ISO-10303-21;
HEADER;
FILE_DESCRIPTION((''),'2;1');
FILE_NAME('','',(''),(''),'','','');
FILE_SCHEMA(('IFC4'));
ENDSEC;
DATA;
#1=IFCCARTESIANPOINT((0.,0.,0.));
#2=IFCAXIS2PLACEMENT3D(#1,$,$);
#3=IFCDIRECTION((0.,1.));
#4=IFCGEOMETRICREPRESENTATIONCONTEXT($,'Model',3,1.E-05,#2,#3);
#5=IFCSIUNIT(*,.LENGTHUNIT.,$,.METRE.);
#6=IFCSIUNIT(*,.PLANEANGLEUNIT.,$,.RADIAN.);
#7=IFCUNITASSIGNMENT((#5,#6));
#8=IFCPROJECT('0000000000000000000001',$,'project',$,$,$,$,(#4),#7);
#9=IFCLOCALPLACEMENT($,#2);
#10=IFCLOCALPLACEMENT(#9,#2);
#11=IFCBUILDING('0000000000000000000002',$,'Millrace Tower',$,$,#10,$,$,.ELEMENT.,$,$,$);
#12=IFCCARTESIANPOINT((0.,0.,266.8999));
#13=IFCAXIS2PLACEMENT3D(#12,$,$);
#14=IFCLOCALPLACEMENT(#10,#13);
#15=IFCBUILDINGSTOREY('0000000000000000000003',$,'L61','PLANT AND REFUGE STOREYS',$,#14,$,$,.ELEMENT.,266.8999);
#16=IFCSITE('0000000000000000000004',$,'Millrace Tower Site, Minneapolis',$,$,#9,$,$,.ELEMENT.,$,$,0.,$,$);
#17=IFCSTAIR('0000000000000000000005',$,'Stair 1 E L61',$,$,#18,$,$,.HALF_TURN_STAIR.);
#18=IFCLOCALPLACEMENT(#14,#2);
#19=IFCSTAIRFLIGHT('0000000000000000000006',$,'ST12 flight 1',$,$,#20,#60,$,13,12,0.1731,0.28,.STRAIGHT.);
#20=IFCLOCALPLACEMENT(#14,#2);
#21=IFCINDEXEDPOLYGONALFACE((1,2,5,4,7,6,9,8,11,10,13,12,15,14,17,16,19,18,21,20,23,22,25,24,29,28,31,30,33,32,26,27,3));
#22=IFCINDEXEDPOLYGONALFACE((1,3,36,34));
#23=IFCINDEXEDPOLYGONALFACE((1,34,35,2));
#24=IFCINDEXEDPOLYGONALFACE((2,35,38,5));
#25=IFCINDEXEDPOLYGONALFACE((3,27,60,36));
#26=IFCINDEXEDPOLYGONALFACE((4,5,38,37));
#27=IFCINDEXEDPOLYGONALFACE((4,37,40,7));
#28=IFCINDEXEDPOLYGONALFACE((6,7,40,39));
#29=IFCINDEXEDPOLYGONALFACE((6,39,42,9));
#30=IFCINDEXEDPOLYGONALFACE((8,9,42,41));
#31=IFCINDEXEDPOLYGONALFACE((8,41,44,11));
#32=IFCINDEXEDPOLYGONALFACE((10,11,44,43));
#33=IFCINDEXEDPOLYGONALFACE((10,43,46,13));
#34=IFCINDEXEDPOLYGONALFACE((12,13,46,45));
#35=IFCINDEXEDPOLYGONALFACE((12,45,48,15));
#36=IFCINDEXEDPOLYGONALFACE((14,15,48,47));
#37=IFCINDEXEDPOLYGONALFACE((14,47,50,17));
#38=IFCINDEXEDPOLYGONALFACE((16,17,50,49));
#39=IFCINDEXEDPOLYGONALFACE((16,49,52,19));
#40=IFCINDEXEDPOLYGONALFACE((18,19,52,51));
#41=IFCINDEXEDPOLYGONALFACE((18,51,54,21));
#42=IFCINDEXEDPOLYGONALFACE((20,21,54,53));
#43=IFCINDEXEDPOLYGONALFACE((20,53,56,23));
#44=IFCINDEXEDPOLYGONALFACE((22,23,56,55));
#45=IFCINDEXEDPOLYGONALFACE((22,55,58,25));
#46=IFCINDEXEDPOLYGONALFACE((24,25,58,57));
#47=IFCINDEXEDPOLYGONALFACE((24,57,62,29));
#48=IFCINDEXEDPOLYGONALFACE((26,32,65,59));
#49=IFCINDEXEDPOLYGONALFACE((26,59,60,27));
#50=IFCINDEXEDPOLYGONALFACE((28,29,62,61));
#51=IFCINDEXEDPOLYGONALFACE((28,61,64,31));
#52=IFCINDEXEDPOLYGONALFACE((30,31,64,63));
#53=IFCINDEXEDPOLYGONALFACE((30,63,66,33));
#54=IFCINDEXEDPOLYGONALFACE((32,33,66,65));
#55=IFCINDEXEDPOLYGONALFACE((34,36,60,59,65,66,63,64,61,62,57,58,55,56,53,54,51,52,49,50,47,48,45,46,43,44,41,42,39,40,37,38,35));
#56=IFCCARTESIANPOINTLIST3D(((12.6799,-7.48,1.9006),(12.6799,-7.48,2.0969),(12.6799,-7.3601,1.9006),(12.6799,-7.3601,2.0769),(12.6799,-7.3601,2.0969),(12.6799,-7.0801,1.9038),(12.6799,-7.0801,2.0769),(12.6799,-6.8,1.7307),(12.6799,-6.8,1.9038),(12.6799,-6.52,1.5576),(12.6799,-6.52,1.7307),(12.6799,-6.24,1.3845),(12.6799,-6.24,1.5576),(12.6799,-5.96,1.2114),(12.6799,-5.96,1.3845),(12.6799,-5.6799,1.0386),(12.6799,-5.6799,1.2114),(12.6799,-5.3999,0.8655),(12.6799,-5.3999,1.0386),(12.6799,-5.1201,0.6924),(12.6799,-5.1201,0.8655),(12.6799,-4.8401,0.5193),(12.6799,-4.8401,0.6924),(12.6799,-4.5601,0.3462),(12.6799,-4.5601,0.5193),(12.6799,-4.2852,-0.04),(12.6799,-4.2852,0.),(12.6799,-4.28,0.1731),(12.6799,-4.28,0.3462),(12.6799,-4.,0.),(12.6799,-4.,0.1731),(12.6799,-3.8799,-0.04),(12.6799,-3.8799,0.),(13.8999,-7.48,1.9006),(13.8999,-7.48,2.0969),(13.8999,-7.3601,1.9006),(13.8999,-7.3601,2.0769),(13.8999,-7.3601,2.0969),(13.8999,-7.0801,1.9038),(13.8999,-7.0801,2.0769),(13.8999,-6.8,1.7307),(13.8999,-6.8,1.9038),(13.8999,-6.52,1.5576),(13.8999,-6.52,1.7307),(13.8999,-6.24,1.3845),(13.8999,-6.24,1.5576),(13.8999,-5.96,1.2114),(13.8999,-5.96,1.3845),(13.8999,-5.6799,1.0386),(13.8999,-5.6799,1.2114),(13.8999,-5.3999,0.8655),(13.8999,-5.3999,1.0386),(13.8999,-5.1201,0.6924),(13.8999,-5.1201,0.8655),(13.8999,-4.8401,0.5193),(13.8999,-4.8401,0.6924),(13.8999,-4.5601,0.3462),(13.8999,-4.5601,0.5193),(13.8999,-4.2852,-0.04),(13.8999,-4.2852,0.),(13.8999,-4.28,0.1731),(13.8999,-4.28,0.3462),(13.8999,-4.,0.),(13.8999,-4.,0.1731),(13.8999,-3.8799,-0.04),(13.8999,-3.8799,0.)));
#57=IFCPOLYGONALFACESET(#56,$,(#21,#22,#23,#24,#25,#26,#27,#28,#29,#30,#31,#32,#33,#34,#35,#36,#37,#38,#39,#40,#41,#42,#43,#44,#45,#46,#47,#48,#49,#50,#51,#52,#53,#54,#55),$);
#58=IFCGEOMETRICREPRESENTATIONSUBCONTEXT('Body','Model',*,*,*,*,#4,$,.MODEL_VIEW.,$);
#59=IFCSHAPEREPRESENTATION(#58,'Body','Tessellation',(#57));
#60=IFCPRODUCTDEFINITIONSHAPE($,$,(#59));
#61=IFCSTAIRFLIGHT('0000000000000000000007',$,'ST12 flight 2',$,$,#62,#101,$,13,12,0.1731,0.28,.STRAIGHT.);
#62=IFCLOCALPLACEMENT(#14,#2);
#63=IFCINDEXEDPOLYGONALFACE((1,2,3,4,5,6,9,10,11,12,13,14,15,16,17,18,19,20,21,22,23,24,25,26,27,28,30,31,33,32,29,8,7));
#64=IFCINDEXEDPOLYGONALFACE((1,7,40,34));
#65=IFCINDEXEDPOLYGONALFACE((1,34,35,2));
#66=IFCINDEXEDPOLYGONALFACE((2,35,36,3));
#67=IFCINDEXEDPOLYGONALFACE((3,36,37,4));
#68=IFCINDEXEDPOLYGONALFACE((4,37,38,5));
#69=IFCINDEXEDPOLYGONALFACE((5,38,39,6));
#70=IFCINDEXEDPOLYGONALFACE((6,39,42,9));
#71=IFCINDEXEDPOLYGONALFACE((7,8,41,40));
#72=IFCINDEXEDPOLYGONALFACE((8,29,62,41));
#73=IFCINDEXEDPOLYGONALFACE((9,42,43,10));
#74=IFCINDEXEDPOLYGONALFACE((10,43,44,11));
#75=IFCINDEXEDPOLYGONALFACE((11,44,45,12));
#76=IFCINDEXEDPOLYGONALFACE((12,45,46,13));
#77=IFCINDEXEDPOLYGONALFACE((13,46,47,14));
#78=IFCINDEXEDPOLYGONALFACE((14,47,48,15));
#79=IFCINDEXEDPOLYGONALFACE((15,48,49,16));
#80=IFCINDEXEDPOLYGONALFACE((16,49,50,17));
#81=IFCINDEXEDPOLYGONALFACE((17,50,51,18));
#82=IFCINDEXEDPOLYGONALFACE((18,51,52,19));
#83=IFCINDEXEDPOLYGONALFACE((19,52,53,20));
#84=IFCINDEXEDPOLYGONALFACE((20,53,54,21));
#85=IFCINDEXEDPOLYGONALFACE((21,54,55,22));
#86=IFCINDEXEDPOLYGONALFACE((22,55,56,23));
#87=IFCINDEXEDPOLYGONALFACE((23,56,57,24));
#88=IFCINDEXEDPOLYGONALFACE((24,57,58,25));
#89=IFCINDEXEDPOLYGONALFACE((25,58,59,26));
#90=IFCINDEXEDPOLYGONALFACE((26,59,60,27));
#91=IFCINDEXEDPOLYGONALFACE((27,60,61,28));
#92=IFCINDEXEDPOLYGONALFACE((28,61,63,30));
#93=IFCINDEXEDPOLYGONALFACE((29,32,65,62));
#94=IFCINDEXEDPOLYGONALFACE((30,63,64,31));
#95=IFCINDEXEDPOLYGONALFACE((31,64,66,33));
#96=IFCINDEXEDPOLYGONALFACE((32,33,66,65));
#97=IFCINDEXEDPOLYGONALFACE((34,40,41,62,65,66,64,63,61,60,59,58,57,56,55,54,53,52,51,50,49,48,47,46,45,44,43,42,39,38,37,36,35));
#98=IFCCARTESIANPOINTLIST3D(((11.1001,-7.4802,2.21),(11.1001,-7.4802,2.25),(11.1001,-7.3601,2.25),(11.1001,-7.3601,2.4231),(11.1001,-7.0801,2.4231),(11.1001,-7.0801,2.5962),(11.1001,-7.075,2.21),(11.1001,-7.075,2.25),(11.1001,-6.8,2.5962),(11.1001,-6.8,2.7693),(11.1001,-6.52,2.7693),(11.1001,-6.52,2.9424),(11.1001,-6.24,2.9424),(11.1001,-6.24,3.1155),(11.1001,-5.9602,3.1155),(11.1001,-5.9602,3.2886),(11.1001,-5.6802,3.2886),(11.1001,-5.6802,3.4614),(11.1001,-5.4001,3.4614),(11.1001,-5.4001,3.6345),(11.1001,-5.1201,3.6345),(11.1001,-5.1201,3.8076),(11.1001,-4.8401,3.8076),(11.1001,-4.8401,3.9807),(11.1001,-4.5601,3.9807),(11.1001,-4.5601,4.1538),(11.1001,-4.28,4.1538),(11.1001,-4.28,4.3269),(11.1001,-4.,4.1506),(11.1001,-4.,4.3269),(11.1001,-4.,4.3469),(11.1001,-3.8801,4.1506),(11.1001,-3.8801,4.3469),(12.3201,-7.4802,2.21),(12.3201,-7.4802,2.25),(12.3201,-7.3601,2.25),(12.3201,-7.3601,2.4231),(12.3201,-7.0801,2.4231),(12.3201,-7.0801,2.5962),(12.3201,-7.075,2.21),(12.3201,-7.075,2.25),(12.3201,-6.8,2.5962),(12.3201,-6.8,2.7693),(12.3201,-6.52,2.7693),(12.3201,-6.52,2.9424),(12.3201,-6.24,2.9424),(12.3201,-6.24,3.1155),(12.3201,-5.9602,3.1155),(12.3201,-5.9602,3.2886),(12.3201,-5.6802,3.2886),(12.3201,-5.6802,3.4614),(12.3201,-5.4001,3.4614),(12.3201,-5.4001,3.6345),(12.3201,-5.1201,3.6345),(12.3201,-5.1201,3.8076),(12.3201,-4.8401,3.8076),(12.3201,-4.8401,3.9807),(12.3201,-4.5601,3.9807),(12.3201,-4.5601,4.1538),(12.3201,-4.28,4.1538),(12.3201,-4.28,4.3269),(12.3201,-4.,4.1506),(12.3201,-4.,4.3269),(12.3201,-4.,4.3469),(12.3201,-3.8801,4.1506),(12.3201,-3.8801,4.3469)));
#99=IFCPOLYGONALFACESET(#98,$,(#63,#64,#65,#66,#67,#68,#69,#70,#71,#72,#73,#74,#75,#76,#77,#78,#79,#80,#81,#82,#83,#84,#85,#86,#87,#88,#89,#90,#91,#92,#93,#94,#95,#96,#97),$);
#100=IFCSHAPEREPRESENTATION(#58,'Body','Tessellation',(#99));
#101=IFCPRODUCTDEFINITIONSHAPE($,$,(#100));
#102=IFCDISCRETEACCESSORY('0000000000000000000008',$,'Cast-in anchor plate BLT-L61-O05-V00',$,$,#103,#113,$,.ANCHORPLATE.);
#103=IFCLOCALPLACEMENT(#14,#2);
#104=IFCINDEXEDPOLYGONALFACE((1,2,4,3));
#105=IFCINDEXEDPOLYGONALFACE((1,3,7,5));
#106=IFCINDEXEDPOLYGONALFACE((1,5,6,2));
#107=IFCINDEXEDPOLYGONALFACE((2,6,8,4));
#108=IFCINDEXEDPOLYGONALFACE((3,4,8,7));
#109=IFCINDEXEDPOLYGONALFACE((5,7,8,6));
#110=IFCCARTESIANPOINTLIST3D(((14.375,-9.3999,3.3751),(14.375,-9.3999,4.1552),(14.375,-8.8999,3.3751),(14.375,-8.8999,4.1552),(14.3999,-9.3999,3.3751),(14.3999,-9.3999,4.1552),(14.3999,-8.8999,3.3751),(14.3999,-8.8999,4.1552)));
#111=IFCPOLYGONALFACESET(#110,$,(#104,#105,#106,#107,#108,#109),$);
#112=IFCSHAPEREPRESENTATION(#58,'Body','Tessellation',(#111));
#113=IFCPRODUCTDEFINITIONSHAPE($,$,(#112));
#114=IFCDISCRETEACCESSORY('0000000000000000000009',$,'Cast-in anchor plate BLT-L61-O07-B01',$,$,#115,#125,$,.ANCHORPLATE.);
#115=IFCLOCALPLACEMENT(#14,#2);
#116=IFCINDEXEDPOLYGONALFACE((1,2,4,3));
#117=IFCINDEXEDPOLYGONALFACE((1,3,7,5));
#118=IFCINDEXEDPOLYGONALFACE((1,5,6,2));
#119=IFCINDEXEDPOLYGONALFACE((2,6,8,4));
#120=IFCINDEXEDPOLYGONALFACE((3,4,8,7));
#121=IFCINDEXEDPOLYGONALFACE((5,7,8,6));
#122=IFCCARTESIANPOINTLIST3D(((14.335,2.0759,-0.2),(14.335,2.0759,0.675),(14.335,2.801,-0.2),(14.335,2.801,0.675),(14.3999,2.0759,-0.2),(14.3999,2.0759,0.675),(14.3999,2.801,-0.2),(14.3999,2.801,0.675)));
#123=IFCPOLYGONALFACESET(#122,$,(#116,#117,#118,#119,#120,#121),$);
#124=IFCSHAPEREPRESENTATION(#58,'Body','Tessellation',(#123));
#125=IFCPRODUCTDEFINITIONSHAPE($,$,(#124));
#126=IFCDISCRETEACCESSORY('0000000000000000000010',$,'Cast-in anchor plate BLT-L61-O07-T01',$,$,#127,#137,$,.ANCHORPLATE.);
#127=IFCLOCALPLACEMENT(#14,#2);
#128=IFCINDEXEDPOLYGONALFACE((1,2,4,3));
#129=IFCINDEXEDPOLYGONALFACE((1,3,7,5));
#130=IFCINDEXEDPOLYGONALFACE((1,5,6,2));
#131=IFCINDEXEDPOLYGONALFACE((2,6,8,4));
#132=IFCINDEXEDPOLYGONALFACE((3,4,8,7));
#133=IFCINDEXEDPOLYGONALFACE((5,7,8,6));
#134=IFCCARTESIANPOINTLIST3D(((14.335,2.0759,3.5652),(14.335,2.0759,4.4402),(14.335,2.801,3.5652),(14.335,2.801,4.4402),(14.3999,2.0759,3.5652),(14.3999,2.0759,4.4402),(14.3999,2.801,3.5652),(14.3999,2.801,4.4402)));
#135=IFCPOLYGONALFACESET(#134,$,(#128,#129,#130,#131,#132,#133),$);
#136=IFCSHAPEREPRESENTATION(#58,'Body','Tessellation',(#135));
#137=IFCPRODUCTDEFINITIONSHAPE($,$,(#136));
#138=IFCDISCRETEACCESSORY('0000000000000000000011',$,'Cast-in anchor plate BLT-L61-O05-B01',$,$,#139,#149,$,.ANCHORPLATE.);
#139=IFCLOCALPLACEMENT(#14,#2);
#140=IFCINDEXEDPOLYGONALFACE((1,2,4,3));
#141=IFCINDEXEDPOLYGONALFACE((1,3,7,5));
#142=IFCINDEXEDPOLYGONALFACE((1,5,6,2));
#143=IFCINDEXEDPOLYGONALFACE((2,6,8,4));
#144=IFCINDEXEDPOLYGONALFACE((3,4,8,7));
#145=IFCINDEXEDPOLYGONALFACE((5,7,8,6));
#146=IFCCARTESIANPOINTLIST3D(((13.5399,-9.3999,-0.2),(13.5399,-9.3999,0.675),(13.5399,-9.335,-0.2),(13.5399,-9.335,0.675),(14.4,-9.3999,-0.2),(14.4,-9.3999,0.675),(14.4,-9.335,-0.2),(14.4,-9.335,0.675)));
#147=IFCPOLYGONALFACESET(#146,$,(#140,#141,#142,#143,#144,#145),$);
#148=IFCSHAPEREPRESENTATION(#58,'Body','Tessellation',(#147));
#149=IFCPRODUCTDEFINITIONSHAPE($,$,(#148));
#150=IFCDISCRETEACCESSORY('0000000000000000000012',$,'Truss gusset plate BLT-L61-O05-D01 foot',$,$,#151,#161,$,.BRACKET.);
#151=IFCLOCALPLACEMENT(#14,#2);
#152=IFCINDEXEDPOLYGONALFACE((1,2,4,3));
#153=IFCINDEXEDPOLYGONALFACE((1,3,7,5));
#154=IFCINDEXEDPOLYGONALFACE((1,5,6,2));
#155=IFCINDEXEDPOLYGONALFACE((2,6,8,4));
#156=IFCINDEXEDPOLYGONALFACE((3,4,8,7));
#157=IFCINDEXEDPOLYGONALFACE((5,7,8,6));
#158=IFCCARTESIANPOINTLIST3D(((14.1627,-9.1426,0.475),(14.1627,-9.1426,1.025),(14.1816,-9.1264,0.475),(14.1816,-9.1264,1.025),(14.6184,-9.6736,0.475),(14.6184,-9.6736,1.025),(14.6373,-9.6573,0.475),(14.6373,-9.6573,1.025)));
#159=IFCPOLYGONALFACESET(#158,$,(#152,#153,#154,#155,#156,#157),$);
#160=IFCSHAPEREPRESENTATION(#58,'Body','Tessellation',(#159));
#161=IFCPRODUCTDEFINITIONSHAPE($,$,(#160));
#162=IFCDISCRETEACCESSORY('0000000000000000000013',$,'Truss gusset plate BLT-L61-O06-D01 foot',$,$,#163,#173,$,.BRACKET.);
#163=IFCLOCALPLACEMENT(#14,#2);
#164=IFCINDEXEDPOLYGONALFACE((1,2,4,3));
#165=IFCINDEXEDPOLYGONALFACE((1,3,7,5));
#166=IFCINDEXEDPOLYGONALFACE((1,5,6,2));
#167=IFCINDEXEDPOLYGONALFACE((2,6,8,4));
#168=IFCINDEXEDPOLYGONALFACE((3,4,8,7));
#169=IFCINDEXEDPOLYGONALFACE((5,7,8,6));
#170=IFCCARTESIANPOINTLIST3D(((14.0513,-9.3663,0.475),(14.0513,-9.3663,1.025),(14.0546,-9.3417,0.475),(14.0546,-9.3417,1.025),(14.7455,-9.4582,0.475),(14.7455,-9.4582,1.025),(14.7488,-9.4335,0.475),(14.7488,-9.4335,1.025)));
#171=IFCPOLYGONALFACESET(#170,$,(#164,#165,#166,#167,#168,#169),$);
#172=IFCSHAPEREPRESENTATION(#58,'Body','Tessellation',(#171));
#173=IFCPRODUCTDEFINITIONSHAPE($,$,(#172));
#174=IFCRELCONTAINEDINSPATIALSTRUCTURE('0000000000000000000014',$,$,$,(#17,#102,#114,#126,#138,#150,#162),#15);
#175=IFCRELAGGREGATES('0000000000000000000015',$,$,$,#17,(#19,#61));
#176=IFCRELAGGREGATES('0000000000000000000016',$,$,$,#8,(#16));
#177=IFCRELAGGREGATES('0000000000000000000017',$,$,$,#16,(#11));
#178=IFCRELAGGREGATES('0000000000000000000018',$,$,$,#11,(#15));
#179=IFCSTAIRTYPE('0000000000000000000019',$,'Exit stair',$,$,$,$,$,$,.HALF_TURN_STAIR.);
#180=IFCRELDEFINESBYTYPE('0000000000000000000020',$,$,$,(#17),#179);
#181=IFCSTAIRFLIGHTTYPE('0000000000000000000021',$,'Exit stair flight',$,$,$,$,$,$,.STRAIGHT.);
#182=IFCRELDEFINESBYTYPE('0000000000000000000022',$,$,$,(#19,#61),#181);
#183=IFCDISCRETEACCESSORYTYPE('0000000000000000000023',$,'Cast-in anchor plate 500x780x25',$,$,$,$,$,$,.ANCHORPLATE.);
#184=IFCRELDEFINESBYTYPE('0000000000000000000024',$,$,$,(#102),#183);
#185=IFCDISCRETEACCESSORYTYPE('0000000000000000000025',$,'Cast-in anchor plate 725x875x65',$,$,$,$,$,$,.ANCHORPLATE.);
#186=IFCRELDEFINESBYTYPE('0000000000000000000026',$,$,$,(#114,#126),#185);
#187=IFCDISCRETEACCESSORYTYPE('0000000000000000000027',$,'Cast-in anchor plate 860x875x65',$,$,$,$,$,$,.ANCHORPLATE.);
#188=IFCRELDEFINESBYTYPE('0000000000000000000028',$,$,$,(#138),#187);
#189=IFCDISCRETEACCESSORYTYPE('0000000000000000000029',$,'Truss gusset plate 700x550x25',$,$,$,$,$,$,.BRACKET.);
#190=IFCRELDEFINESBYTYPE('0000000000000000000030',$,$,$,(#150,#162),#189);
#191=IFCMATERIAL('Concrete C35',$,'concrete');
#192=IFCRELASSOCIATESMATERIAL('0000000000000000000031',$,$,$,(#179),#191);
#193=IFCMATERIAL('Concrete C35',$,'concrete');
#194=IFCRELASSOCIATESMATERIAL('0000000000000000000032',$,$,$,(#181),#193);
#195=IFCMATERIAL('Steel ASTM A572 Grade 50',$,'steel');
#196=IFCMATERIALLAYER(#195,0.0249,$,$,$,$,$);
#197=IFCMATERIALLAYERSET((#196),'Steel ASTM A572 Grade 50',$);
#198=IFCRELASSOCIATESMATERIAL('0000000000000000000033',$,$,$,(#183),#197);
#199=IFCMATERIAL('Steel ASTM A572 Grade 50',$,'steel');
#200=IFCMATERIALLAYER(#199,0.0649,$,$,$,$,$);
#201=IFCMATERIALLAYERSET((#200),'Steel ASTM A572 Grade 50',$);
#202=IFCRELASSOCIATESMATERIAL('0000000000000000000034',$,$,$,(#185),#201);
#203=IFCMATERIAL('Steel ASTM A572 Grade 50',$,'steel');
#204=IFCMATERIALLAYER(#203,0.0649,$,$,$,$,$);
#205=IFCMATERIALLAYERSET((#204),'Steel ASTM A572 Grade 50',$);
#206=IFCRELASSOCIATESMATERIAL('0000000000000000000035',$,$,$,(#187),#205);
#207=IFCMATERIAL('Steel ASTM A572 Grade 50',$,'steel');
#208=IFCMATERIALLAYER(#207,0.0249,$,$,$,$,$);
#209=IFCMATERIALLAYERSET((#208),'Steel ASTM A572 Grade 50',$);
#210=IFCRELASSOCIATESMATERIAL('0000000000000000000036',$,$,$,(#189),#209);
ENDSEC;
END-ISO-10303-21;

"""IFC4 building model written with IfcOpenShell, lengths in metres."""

from ifc_helpers import new_model, si_unit, direction, frame, origin, origin_2d, place, context, subcontext, project, spatial, polyline, rectangle, outline, extrude, material, layer, layer_set, type_object, element, aggregate, save


model = new_model("IFC4")

# Units and contexts
model_context = context("Model", 3, precision=1e-05, world=origin(), true_north=direction((0.0, 1.0)))
body_context = subcontext(model_context, "Body", "Model", "MODEL_VIEW")
ifc_project = project(units=[si_unit("LENGTHUNIT", "METRE"), si_unit("PLANEANGLEUNIT", "RADIAN")], contexts=[model_context])

# Site, building, storey
site_placement = place(None, origin())
site = spatial("IfcSite", under=ifc_project, at=site_placement, Name="Millrace Tower Site, Minneapolis", CompositionType="ELEMENT", RefElevation=0.0)
building_placement = place(site_placement, origin())
building = spatial("IfcBuilding", under=site, at=building_placement, Name="Millrace Tower", CompositionType="ELEMENT")
storey_placement = place(building_placement, frame((0.0, 0.0, 266.8999)))
storey = spatial("IfcBuildingStorey", under=building, at=storey_placement, Name="L61", Description="PLANT AND REFUGE STOREYS", CompositionType="ELEMENT", Elevation=266.8999)

# Stair, stair flights
ifc_material_1 = material(Name="Concrete C35", Category="concrete")
stair_type = type_object("IfcStairType", Name="Exit stair", PredefinedType="HALF_TURN_STAIR", material=ifc_material_1)
stair_placement = place(storey_placement, origin())
stair = element("IfcStair", 1, at=stair_placement, inside=storey, type_object=stair_type, Name="Stair 1 E L61", PredefinedType="HALF_TURN_STAIR")
ifc_material_2 = material(Name="Concrete C35", Category="concrete")
stair_flight_type = type_object("IfcStairFlightType", Name="Exit stair flight", PredefinedType="STRAIGHT", material=ifc_material_2)
stair_flight_1_placement = place(storey_placement, frame((13.29, -4.0, 0.0), z_axis=(0.0, 0.0, 1.0), x_axis=(0.0, -1.0, 0.0)))
stair_flight_1 = element("IfcStairFlight", 2, at=stair_flight_1_placement, type_object=stair_flight_type, Name="ST12 flight 1", NumberOfRisers=13, NumberOfTreads=12, PredefinedType="STRAIGHT", RiserHeight=0.1731, TreadLength=0.28, context=body_context, shape_type="SweptSolid", body=[
    extrude(outline(polyline([(-0.1201, -0.04), (-0.1201, 0.0), (0.0, 0.0), (0.0, 0.1731), (0.28, 0.1731), (0.28, 0.3462), (0.5601, 0.3462), (0.5601, 0.5193), (0.8401, 0.5193), (0.8401, 0.6924), (1.1201, 0.6924), (1.1201, 0.8655), (1.3999, 0.8655), (1.3999, 1.0386), (1.6799, 1.0386), (1.6799, 1.2114), (1.96, 1.2114), (1.96, 1.3845), (2.24, 1.3845), (2.24, 1.5576), (2.52, 1.5576), (2.52, 1.7307), (2.8, 1.7307), (2.8, 1.9038), (3.0801, 1.9038), (3.0801, 2.0769), (3.3601, 2.0769), (3.3601, 2.0969), (3.48, 2.0969), (3.48, 1.9006), (3.3601, 1.9006), (0.2852, 0.0), (0.2852, -0.04), (-0.1201, -0.04)])), frame((0.0, 0.6099, 0.0), z_axis=(0.0, -1.0, 0.0), x_axis=(1.0, 0.0, 0.0)), (0.0, 0.0, 1.0), 1.22),
])
stair_flight_2_placement = place(storey_placement, frame((11.71, -7.3601, 2.25), z_axis=(0.0, 0.0, 1.0), x_axis=(0.0, 1.0, 0.0)))
stair_flight_2 = element("IfcStairFlight", 3, at=stair_flight_2_placement, type_object=stair_flight_type, Name="ST12 flight 2", NumberOfRisers=13, NumberOfTreads=12, PredefinedType="STRAIGHT", RiserHeight=0.1731, TreadLength=0.28, context=body_context, shape_type="SweptSolid", body=[
    extrude(outline(polyline([(-0.1201, -0.04), (-0.1201, 0.0), (0.0, 0.0), (0.0, 0.1731), (0.28, 0.1731), (0.28, 0.3462), (0.5601, 0.3462), (0.5601, 0.5193), (0.8401, 0.5193), (0.8401, 0.6924), (1.1201, 0.6924), (1.1201, 0.8655), (1.3999, 0.8655), (1.3999, 1.0386), (1.6799, 1.0386), (1.6799, 1.2114), (1.96, 1.2114), (1.96, 1.3845), (2.24, 1.3845), (2.24, 1.5576), (2.52, 1.5576), (2.52, 1.7307), (2.8, 1.7307), (2.8, 1.9038), (3.0801, 1.9038), (3.0801, 2.0769), (3.3601, 2.0769), (3.3601, 2.0969), (3.48, 2.0969), (3.48, 1.9006), (3.3601, 1.9006), (0.2852, 0.0), (0.2852, -0.04), (-0.1201, -0.04)])), frame((0.0, 0.6099, 0.0), z_axis=(0.0, -1.0, 0.0), x_axis=(1.0, 0.0, 0.0)), (0.0, 0.0, 1.0), 1.22),
])
aggregate(stair, [stair_flight_1, stair_flight_2])

# Discrete accessories
ifc_material_3 = material(Name="Steel ASTM A572 Grade 50", Category="steel")
ifc_layer_1 = layer(ifc_material_3, 0.0249)
ifc_layer_set_1 = layer_set([ifc_layer_1], Name="Steel ASTM A572 Grade 50")
discrete_accessory_type_1 = type_object("IfcDiscreteAccessoryType", Name="Cast-in anchor plate 500x780x25", PredefinedType="ANCHORPLATE", material=ifc_layer_set_1)
discrete_accessory_1_placement = place(storey_placement, frame((14.375, -9.1499, 3.7651), z_axis=(1.0, 0.0, 0.0), x_axis=(0.0, 1.0, 0.0)))
element("IfcDiscreteAccessory", 4, at=discrete_accessory_1_placement, inside=storey, type_object=discrete_accessory_type_1, Name="Cast-in anchor plate BLT-L61-O05-V00", PredefinedType="ANCHORPLATE", context=body_context, shape_type="SweptSolid", body=[
    extrude(rectangle(XDim=0.5, YDim=0.78, at=origin_2d()), origin(), (0.0, 0.0, 1.0), 0.0249),
])
ifc_material_4 = material(Name="Steel ASTM A572 Grade 50", Category="steel")
ifc_layer_2 = layer(ifc_material_4, 0.0649)
ifc_layer_set_2 = layer_set([ifc_layer_2], Name="Steel ASTM A572 Grade 50")
discrete_accessory_type_2 = type_object("IfcDiscreteAccessoryType", Name="Cast-in anchor plate 725x875x65", PredefinedType="ANCHORPLATE", material=ifc_layer_set_2)
for number, where, z_axis, x_axis, name in (
    (5, (14.335, 2.4385, 0.2375), (1.0, 0.0, 0.0), (0.0, 1.0, 0.0), "Cast-in anchor plate BLT-L61-O07-B01"),
    (6, (14.335, 2.4385, 4.0027), (1.0, 0.0, 0.0), (0.0, 1.0, 0.0), "Cast-in anchor plate BLT-L61-O07-T01"),
):
    element("IfcDiscreteAccessory", number, at=place(storey_placement, frame(where, z_axis=z_axis, x_axis=x_axis)), inside=storey, type_object=discrete_accessory_type_2, Name=name, PredefinedType="ANCHORPLATE", context=body_context, shape_type="SweptSolid", body=[
        extrude(rectangle(XDim=0.7251, YDim=0.875, at=origin_2d()), origin(), (0.0, 0.0, 1.0), 0.0649),
    ])
ifc_material_5 = material(Name="Steel ASTM A572 Grade 50", Category="steel")
ifc_layer_3 = layer(ifc_material_5, 0.0649)
ifc_layer_set_3 = layer_set([ifc_layer_3], Name="Steel ASTM A572 Grade 50")
discrete_accessory_type_3 = type_object("IfcDiscreteAccessoryType", Name="Cast-in anchor plate 860x875x65", PredefinedType="ANCHORPLATE", material=ifc_layer_set_3)
discrete_accessory_2_placement = place(storey_placement, frame((13.97, -9.335, 0.2375), z_axis=(0.0, -1.0, 0.0), x_axis=(1.0, 0.0, 0.0)))
element("IfcDiscreteAccessory", 7, at=discrete_accessory_2_placement, inside=storey, type_object=discrete_accessory_type_3, Name="Cast-in anchor plate BLT-L61-O05-B01", PredefinedType="ANCHORPLATE", context=body_context, shape_type="SweptSolid", body=[
    extrude(rectangle(XDim=0.8601, YDim=0.875, at=origin_2d()), origin(), (0.0, 0.0, 1.0), 0.0649),
])
ifc_material_6 = material(Name="Steel ASTM A572 Grade 50", Category="steel")
ifc_layer_4 = layer(ifc_material_6, 0.0249)
ifc_layer_set_4 = layer_set([ifc_layer_4], Name="Steel ASTM A572 Grade 50")
discrete_accessory_type_4 = type_object("IfcDiscreteAccessoryType", Name="Truss gusset plate 700x550x25", PredefinedType="BRACKET", material=ifc_layer_set_4)
discrete_accessory_3_placement = place(storey_placement, frame((14.1721, -9.1345, 0.75), z_axis=(0.651337, -0.758789, 0.0), x_axis=(0.758789, 0.651337, 0.0)))
element("IfcDiscreteAccessory", 8, at=discrete_accessory_3_placement, inside=storey, type_object=discrete_accessory_type_4, Name="Truss gusset plate BLT-L61-O05-D01 foot", PredefinedType="BRACKET", context=body_context, shape_type="SweptSolid", body=[
    extrude(rectangle(XDim=0.0249, YDim=0.55, at=origin_2d()), origin(), (0.0, 0.0, 1.0), 0.6997),
])
discrete_accessory_4_placement = place(storey_placement, frame((14.053, -9.354, 0.75), z_axis=(0.991367, -0.131113, 0.0), x_axis=(0.131113, 0.991367, 0.0)))
element("IfcDiscreteAccessory", 9, at=discrete_accessory_4_placement, inside=storey, type_object=discrete_accessory_type_4, Name="Truss gusset plate BLT-L61-O06-D01 foot", PredefinedType="BRACKET", context=body_context, shape_type="SweptSolid", body=[
    extrude(rectangle(XDim=0.0249, YDim=0.55, at=origin_2d()), origin(), (0.0, 0.0, 1.0), 0.7002),
])

save(model, "model.ifc")
